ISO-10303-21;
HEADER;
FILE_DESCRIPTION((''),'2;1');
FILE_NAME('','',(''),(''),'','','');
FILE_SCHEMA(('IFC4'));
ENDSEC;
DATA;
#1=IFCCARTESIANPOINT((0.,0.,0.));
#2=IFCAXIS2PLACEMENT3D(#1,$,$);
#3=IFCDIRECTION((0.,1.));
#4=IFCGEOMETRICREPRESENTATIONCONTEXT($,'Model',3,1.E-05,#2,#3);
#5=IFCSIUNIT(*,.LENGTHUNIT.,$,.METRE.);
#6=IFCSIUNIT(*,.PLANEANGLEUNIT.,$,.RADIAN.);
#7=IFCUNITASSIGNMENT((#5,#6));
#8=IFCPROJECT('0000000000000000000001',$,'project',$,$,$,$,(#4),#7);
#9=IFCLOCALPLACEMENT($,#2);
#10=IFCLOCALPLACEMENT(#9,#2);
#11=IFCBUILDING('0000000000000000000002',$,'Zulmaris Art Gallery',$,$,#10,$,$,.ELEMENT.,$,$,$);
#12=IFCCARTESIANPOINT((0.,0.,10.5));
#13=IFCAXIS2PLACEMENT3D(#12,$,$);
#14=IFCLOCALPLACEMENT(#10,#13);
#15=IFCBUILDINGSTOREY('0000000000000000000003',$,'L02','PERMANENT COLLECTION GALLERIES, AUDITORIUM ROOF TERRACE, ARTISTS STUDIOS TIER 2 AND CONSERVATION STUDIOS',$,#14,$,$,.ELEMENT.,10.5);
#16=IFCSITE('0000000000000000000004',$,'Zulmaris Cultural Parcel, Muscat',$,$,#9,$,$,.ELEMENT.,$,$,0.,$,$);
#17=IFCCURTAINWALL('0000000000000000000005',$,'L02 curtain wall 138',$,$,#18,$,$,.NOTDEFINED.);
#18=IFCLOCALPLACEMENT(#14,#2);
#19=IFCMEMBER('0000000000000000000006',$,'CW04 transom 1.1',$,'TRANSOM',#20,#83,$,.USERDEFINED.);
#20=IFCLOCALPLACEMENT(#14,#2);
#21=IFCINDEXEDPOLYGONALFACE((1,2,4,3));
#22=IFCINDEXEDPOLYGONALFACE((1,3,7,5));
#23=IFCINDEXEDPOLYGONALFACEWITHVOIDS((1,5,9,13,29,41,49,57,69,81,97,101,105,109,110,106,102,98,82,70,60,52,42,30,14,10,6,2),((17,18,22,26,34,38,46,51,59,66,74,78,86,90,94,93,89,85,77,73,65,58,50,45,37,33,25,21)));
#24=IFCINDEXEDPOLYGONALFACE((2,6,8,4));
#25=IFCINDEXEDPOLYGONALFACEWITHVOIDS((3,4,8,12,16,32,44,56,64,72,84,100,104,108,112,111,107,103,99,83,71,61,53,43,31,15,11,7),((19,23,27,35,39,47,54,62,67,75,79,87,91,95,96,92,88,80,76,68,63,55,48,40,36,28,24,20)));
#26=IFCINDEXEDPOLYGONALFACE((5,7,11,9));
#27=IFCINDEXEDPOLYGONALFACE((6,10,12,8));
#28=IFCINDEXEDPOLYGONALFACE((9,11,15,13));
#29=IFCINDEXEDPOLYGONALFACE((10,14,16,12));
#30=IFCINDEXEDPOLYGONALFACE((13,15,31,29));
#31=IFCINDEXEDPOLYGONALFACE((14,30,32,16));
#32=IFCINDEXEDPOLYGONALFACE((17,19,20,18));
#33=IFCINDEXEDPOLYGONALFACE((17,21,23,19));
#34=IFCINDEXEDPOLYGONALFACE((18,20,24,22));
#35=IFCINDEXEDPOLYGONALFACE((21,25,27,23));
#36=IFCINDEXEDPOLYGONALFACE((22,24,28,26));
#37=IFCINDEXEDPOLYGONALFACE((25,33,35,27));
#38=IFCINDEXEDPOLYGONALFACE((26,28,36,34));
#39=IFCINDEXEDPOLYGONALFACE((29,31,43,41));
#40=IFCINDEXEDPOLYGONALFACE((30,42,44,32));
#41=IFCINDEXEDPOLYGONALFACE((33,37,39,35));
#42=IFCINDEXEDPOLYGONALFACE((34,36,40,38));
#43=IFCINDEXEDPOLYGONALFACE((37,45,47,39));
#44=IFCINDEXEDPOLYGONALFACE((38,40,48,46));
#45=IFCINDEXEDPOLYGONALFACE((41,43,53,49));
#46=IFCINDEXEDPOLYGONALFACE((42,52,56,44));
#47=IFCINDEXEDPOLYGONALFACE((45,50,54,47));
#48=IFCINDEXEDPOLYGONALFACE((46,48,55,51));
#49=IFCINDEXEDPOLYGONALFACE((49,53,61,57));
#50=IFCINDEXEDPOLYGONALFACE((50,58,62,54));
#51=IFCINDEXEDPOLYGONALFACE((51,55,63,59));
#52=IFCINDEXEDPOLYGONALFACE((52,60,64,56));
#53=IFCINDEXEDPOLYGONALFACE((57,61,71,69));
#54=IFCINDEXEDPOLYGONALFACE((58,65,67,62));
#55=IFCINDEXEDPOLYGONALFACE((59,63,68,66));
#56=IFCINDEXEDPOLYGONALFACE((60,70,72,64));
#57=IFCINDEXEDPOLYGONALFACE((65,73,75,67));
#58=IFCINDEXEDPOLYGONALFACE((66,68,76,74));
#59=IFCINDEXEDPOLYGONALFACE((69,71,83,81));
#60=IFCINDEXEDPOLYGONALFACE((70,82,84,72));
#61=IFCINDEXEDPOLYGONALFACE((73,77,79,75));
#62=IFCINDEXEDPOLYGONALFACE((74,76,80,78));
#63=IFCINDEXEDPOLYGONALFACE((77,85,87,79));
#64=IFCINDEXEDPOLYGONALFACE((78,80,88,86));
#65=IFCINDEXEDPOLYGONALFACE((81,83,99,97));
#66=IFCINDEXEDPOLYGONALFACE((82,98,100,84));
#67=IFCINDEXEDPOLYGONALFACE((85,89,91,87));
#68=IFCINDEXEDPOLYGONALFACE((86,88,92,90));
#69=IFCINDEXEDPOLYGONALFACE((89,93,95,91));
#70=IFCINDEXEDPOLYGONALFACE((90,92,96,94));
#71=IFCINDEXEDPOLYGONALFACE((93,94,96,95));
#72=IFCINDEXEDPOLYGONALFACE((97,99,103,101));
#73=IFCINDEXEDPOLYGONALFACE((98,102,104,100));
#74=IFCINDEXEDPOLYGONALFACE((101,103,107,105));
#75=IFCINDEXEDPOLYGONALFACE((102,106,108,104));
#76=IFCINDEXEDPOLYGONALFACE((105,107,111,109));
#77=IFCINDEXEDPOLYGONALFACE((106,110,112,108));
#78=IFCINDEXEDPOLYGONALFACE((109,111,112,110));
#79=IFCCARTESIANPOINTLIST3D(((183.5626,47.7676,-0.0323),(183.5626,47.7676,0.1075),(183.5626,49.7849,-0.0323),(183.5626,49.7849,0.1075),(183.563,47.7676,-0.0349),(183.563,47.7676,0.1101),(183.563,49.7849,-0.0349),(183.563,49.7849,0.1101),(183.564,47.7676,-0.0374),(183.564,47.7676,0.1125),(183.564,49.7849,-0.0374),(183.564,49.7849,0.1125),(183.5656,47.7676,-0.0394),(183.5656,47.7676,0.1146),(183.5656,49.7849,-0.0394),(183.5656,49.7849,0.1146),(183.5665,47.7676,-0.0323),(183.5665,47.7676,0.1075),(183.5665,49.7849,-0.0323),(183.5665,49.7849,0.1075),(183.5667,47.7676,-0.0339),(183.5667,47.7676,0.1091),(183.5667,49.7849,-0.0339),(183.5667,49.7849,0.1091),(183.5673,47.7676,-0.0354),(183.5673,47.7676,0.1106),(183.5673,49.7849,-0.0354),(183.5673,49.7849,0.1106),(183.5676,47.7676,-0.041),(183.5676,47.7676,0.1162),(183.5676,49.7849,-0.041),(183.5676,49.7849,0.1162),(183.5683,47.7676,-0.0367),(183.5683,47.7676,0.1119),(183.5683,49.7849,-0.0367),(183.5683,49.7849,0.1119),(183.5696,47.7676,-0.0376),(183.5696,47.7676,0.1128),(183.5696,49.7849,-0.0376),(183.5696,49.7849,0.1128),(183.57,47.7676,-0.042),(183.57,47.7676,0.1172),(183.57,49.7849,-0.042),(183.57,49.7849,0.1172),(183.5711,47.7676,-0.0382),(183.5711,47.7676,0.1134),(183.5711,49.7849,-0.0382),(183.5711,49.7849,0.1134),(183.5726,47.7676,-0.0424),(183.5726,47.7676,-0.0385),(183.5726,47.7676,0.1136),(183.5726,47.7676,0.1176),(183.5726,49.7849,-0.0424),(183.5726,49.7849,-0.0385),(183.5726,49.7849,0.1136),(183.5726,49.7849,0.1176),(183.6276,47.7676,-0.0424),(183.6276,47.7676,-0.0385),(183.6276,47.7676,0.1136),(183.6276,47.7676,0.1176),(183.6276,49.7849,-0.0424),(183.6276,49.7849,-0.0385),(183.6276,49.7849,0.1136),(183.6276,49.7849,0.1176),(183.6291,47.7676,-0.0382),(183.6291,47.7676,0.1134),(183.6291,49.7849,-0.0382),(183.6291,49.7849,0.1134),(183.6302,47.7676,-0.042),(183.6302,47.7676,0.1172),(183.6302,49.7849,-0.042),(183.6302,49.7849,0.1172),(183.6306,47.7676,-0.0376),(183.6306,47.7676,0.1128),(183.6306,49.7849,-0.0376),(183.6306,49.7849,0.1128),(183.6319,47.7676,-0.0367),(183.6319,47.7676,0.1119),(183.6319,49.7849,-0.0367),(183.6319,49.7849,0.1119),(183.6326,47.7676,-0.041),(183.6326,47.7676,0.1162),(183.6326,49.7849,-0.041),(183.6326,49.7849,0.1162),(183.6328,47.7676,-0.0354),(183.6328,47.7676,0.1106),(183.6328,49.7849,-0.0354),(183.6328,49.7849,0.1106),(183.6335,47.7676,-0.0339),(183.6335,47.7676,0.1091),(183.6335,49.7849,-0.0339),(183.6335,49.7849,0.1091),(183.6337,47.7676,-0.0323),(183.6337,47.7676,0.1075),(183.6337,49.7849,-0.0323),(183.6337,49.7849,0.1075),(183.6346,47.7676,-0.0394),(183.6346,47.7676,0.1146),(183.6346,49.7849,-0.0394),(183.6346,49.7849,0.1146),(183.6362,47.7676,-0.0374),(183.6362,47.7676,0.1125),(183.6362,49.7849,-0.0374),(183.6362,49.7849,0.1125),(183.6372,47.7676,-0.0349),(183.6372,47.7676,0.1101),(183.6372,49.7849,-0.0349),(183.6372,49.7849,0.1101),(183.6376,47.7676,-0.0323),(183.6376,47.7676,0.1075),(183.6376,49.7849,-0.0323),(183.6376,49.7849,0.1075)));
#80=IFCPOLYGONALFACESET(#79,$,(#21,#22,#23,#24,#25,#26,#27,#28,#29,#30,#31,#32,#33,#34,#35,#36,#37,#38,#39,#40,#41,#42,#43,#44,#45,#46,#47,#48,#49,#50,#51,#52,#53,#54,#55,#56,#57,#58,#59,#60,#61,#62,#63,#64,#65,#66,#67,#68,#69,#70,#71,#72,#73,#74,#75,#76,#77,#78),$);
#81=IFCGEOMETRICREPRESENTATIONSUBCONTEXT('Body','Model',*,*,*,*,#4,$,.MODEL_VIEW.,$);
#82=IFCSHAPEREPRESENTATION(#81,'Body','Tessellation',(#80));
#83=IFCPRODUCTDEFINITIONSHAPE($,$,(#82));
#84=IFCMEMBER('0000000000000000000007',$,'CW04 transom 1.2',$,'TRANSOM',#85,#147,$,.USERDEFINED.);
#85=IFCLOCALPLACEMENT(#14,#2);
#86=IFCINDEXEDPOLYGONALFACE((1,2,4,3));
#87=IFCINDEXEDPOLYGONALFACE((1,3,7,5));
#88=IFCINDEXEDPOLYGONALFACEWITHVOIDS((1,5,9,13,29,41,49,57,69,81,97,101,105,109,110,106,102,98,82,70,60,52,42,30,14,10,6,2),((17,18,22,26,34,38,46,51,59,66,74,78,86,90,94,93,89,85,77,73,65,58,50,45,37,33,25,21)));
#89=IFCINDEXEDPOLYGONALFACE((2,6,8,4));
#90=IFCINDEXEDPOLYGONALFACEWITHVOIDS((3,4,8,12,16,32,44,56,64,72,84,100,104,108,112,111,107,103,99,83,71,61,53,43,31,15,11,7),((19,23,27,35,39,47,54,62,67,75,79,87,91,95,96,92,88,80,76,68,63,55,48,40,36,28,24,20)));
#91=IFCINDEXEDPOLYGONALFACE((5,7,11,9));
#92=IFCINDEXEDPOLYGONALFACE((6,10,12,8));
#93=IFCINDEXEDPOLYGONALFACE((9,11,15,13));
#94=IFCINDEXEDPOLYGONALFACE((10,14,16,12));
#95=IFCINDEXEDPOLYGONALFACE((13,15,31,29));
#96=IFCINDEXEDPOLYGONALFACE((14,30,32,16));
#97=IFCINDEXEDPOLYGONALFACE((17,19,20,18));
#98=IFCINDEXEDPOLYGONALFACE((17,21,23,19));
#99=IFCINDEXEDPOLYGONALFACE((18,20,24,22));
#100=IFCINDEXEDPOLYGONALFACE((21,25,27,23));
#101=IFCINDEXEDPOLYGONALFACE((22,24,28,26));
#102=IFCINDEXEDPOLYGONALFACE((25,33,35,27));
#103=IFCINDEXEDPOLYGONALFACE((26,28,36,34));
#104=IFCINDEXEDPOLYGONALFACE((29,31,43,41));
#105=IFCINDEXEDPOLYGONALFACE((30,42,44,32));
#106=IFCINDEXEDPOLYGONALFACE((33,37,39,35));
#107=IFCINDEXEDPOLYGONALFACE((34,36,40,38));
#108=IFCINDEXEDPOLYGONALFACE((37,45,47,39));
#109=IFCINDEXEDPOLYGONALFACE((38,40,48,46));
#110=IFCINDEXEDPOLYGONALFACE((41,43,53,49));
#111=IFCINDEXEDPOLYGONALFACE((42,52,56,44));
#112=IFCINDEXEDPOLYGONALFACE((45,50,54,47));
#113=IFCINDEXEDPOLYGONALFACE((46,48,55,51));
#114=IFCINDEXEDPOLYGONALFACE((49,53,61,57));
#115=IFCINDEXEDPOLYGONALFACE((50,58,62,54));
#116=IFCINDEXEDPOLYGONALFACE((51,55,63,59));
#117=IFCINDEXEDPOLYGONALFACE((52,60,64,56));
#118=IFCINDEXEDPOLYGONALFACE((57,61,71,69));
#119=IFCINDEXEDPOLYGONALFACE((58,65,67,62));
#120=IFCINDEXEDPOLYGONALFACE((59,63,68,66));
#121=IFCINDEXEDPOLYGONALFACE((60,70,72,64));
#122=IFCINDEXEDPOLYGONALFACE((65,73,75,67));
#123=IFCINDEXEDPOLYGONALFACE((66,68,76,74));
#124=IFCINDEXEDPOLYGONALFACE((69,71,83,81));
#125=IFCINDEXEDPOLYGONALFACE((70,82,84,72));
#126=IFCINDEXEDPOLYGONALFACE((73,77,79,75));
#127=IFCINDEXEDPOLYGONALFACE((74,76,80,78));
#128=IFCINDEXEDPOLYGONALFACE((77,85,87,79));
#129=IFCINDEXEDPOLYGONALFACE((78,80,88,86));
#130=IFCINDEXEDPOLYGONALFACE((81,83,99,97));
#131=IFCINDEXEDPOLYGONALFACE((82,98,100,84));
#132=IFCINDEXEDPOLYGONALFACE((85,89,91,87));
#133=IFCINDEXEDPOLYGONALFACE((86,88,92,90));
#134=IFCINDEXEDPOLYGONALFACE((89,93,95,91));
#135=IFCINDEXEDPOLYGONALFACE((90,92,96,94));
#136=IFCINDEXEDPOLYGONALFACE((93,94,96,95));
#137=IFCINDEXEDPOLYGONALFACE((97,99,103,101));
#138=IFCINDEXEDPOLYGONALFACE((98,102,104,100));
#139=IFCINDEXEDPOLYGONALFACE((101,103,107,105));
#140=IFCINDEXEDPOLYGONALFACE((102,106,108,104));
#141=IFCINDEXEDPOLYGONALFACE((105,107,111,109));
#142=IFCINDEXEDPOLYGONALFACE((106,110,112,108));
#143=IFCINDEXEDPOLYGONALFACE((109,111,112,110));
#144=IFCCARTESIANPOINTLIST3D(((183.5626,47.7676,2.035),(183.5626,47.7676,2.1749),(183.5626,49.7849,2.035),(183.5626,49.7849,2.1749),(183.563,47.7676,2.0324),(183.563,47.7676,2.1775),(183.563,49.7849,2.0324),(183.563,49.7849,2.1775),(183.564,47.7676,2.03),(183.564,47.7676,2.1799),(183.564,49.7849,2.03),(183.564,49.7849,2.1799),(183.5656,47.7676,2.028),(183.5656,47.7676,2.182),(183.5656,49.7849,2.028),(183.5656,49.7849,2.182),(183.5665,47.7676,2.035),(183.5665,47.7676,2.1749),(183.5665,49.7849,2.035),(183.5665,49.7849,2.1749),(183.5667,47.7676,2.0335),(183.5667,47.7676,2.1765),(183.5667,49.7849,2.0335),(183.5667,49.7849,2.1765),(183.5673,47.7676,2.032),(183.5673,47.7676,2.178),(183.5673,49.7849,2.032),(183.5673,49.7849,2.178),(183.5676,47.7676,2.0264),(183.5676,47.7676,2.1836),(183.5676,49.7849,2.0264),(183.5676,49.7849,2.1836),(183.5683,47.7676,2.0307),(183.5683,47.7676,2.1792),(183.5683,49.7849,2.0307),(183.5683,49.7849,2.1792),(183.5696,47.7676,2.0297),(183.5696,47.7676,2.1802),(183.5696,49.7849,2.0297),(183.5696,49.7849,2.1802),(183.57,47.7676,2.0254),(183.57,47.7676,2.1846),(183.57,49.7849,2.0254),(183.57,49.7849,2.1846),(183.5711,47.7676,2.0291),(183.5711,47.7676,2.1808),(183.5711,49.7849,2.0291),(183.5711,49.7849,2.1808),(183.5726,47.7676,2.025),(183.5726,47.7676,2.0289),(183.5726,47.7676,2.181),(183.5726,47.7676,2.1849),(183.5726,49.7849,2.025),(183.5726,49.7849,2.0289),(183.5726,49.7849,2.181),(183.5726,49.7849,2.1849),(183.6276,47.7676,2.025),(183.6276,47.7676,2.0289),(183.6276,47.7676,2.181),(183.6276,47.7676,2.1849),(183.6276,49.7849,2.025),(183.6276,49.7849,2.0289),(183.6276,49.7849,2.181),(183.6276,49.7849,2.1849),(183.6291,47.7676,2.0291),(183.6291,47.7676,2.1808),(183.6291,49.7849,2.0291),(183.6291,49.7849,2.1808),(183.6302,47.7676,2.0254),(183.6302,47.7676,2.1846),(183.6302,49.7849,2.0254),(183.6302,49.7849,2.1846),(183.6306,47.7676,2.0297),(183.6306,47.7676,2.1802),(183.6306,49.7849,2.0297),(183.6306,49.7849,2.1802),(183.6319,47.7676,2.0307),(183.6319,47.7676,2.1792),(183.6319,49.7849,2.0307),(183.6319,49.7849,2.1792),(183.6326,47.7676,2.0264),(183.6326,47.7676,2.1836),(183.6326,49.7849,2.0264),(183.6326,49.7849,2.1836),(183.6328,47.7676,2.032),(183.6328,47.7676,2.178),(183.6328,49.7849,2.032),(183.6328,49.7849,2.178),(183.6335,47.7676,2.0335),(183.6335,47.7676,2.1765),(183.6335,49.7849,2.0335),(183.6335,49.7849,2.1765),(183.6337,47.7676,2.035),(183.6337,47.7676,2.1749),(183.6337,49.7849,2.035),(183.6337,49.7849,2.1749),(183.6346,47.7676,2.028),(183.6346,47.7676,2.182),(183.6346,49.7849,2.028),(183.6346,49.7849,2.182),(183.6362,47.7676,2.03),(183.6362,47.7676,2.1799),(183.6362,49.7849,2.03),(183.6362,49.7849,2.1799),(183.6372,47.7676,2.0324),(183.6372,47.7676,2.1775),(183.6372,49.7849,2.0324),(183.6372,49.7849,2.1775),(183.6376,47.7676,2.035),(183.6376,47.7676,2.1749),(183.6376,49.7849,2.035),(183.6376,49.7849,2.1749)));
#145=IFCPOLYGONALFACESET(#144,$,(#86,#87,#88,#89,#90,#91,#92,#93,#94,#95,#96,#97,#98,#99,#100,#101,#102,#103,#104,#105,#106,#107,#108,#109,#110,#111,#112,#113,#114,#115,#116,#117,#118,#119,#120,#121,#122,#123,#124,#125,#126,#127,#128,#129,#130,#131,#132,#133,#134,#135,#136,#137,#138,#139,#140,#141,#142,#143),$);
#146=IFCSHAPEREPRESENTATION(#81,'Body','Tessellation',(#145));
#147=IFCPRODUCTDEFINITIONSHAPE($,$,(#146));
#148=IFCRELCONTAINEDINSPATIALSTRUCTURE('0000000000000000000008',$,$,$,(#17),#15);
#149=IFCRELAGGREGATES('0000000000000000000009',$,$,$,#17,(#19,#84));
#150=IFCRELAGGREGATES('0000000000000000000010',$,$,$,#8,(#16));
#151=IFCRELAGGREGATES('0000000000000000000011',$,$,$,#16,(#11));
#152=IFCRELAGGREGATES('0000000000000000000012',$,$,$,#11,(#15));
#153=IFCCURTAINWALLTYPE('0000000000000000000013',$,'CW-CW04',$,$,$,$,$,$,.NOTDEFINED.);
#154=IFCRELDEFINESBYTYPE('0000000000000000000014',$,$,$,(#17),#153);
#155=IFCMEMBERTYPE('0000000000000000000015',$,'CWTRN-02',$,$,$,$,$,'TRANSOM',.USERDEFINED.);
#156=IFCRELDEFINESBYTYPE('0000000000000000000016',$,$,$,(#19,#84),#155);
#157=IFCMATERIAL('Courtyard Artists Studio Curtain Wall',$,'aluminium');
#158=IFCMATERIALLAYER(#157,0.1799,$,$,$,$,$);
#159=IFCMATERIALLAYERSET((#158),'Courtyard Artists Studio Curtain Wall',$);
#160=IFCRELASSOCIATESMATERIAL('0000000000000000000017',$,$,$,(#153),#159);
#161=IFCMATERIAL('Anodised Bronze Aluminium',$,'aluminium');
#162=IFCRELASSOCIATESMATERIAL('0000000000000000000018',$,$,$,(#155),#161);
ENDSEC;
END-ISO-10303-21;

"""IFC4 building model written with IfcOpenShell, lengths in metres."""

from ifc_helpers import new_model, si_unit, direction, frame, origin, origin_2d, place, context, subcontext, project, spatial, hollow_rectangle, extrude, material, layer, layer_set, material_profile, profile_set, type_object, element, aggregate, save


model = new_model("IFC4")

# Units and contexts
model_context = context("Model", 3, precision=1e-05, world=origin(), true_north=direction((0.0, 1.0)))
body_context = subcontext(model_context, "Body", "Model", "MODEL_VIEW")
ifc_project = project(units=[si_unit("LENGTHUNIT", "METRE"), si_unit("PLANEANGLEUNIT", "RADIAN")], contexts=[model_context])

# Site, building, storey
site_placement = place(None, origin())
site = spatial("IfcSite", under=ifc_project, at=site_placement, Name="Zulmaris Cultural Parcel, Muscat", CompositionType="ELEMENT", RefElevation=0.0)
building_placement = place(site_placement, origin())
building = spatial("IfcBuilding", under=site, at=building_placement, Name="Zulmaris Art Gallery", CompositionType="ELEMENT")
storey_placement = place(building_placement, frame((0.0, 0.0, 10.5)))
storey = spatial("IfcBuildingStorey", under=building, at=storey_placement, Name="L02", Description="PERMANENT COLLECTION GALLERIES, AUDITORIUM ROOF TERRACE, ARTISTS STUDIOS TIER 2 AND CONSERVATION STUDIOS", CompositionType="ELEMENT", Elevation=10.5)

# Curtain wall
ifc_material_1 = material(Name="Courtyard Artists Studio Curtain Wall", Category="aluminium")
ifc_layer_1 = layer(ifc_material_1, 0.1799)
ifc_layer_set_1 = layer_set([ifc_layer_1], Name="Courtyard Artists Studio Curtain Wall")
curtain_wall_type = type_object("IfcCurtainWallType", Name="CW-CW04", PredefinedType="NOTDEFINED", material=ifc_layer_set_1)
curtain_wall_1_placement = place(storey_placement, origin())
curtain_wall_1 = element("IfcCurtainWall", 1, at=curtain_wall_1_placement, inside=storey, type_object=curtain_wall_type, Name="L02 curtain wall 138", PredefinedType="NOTDEFINED")
ifc_material_2 = material(Name="Anodised Bronze Aluminium", Category="aluminium")

# Members
ifc_material_profile_1 = material_profile(ifc_material_2, hollow_rectangle(XDim=0.075, YDim=0.1599, WallThickness=0.0039, InnerFilletRadius=0.0061, OuterFilletRadius=0.01, at=origin_2d()), Name="ALU 75x160x4")
ifc_profile_set_1 = profile_set([ifc_material_profile_1], Name="Anodised Bronze Aluminium")
member_type_1 = type_object("IfcMemberType", Name="CWTRN-02", ElementType="TRANSOM", PredefinedType="USERDEFINED", material=ifc_profile_set_1)
member_1_placement = place(storey_placement, frame((183.6001, 49.7849, 0.0376), z_axis=(0.0, -1.0, 0.0), x_axis=(1.0, 0.0, 0.0)))
member_1 = element("IfcMember", 2, at=member_1_placement, type_object=member_type_1, Name="CW04 transom 1.1", ObjectType="TRANSOM", PredefinedType="USERDEFINED", context=body_context, shape_type="SweptSolid", body=[
    extrude(hollow_rectangle(XDim=0.075, YDim=0.1599, WallThickness=0.0039, InnerFilletRadius=0.0061, OuterFilletRadius=0.01, at=origin_2d()), origin(), (0.0, 0.0, 1.0), 2.0173),
])
member_2_placement = place(storey_placement, frame((183.6001, 49.7849, 2.105), z_axis=(0.0, -1.0, 0.0), x_axis=(1.0, 0.0, 0.0)))
member_2 = element("IfcMember", 3, at=member_2_placement, type_object=member_type_1, Name="CW04 transom 1.2", ObjectType="TRANSOM", PredefinedType="USERDEFINED", context=body_context, shape_type="SweptSolid", body=[
    extrude(hollow_rectangle(XDim=0.075, YDim=0.1599, WallThickness=0.0039, InnerFilletRadius=0.0061, OuterFilletRadius=0.01, at=origin_2d()), origin(), (0.0, 0.0, 1.0), 2.0173),
])

aggregate(curtain_wall_1, [member_1, member_2])

save(model, "model.ifc")
